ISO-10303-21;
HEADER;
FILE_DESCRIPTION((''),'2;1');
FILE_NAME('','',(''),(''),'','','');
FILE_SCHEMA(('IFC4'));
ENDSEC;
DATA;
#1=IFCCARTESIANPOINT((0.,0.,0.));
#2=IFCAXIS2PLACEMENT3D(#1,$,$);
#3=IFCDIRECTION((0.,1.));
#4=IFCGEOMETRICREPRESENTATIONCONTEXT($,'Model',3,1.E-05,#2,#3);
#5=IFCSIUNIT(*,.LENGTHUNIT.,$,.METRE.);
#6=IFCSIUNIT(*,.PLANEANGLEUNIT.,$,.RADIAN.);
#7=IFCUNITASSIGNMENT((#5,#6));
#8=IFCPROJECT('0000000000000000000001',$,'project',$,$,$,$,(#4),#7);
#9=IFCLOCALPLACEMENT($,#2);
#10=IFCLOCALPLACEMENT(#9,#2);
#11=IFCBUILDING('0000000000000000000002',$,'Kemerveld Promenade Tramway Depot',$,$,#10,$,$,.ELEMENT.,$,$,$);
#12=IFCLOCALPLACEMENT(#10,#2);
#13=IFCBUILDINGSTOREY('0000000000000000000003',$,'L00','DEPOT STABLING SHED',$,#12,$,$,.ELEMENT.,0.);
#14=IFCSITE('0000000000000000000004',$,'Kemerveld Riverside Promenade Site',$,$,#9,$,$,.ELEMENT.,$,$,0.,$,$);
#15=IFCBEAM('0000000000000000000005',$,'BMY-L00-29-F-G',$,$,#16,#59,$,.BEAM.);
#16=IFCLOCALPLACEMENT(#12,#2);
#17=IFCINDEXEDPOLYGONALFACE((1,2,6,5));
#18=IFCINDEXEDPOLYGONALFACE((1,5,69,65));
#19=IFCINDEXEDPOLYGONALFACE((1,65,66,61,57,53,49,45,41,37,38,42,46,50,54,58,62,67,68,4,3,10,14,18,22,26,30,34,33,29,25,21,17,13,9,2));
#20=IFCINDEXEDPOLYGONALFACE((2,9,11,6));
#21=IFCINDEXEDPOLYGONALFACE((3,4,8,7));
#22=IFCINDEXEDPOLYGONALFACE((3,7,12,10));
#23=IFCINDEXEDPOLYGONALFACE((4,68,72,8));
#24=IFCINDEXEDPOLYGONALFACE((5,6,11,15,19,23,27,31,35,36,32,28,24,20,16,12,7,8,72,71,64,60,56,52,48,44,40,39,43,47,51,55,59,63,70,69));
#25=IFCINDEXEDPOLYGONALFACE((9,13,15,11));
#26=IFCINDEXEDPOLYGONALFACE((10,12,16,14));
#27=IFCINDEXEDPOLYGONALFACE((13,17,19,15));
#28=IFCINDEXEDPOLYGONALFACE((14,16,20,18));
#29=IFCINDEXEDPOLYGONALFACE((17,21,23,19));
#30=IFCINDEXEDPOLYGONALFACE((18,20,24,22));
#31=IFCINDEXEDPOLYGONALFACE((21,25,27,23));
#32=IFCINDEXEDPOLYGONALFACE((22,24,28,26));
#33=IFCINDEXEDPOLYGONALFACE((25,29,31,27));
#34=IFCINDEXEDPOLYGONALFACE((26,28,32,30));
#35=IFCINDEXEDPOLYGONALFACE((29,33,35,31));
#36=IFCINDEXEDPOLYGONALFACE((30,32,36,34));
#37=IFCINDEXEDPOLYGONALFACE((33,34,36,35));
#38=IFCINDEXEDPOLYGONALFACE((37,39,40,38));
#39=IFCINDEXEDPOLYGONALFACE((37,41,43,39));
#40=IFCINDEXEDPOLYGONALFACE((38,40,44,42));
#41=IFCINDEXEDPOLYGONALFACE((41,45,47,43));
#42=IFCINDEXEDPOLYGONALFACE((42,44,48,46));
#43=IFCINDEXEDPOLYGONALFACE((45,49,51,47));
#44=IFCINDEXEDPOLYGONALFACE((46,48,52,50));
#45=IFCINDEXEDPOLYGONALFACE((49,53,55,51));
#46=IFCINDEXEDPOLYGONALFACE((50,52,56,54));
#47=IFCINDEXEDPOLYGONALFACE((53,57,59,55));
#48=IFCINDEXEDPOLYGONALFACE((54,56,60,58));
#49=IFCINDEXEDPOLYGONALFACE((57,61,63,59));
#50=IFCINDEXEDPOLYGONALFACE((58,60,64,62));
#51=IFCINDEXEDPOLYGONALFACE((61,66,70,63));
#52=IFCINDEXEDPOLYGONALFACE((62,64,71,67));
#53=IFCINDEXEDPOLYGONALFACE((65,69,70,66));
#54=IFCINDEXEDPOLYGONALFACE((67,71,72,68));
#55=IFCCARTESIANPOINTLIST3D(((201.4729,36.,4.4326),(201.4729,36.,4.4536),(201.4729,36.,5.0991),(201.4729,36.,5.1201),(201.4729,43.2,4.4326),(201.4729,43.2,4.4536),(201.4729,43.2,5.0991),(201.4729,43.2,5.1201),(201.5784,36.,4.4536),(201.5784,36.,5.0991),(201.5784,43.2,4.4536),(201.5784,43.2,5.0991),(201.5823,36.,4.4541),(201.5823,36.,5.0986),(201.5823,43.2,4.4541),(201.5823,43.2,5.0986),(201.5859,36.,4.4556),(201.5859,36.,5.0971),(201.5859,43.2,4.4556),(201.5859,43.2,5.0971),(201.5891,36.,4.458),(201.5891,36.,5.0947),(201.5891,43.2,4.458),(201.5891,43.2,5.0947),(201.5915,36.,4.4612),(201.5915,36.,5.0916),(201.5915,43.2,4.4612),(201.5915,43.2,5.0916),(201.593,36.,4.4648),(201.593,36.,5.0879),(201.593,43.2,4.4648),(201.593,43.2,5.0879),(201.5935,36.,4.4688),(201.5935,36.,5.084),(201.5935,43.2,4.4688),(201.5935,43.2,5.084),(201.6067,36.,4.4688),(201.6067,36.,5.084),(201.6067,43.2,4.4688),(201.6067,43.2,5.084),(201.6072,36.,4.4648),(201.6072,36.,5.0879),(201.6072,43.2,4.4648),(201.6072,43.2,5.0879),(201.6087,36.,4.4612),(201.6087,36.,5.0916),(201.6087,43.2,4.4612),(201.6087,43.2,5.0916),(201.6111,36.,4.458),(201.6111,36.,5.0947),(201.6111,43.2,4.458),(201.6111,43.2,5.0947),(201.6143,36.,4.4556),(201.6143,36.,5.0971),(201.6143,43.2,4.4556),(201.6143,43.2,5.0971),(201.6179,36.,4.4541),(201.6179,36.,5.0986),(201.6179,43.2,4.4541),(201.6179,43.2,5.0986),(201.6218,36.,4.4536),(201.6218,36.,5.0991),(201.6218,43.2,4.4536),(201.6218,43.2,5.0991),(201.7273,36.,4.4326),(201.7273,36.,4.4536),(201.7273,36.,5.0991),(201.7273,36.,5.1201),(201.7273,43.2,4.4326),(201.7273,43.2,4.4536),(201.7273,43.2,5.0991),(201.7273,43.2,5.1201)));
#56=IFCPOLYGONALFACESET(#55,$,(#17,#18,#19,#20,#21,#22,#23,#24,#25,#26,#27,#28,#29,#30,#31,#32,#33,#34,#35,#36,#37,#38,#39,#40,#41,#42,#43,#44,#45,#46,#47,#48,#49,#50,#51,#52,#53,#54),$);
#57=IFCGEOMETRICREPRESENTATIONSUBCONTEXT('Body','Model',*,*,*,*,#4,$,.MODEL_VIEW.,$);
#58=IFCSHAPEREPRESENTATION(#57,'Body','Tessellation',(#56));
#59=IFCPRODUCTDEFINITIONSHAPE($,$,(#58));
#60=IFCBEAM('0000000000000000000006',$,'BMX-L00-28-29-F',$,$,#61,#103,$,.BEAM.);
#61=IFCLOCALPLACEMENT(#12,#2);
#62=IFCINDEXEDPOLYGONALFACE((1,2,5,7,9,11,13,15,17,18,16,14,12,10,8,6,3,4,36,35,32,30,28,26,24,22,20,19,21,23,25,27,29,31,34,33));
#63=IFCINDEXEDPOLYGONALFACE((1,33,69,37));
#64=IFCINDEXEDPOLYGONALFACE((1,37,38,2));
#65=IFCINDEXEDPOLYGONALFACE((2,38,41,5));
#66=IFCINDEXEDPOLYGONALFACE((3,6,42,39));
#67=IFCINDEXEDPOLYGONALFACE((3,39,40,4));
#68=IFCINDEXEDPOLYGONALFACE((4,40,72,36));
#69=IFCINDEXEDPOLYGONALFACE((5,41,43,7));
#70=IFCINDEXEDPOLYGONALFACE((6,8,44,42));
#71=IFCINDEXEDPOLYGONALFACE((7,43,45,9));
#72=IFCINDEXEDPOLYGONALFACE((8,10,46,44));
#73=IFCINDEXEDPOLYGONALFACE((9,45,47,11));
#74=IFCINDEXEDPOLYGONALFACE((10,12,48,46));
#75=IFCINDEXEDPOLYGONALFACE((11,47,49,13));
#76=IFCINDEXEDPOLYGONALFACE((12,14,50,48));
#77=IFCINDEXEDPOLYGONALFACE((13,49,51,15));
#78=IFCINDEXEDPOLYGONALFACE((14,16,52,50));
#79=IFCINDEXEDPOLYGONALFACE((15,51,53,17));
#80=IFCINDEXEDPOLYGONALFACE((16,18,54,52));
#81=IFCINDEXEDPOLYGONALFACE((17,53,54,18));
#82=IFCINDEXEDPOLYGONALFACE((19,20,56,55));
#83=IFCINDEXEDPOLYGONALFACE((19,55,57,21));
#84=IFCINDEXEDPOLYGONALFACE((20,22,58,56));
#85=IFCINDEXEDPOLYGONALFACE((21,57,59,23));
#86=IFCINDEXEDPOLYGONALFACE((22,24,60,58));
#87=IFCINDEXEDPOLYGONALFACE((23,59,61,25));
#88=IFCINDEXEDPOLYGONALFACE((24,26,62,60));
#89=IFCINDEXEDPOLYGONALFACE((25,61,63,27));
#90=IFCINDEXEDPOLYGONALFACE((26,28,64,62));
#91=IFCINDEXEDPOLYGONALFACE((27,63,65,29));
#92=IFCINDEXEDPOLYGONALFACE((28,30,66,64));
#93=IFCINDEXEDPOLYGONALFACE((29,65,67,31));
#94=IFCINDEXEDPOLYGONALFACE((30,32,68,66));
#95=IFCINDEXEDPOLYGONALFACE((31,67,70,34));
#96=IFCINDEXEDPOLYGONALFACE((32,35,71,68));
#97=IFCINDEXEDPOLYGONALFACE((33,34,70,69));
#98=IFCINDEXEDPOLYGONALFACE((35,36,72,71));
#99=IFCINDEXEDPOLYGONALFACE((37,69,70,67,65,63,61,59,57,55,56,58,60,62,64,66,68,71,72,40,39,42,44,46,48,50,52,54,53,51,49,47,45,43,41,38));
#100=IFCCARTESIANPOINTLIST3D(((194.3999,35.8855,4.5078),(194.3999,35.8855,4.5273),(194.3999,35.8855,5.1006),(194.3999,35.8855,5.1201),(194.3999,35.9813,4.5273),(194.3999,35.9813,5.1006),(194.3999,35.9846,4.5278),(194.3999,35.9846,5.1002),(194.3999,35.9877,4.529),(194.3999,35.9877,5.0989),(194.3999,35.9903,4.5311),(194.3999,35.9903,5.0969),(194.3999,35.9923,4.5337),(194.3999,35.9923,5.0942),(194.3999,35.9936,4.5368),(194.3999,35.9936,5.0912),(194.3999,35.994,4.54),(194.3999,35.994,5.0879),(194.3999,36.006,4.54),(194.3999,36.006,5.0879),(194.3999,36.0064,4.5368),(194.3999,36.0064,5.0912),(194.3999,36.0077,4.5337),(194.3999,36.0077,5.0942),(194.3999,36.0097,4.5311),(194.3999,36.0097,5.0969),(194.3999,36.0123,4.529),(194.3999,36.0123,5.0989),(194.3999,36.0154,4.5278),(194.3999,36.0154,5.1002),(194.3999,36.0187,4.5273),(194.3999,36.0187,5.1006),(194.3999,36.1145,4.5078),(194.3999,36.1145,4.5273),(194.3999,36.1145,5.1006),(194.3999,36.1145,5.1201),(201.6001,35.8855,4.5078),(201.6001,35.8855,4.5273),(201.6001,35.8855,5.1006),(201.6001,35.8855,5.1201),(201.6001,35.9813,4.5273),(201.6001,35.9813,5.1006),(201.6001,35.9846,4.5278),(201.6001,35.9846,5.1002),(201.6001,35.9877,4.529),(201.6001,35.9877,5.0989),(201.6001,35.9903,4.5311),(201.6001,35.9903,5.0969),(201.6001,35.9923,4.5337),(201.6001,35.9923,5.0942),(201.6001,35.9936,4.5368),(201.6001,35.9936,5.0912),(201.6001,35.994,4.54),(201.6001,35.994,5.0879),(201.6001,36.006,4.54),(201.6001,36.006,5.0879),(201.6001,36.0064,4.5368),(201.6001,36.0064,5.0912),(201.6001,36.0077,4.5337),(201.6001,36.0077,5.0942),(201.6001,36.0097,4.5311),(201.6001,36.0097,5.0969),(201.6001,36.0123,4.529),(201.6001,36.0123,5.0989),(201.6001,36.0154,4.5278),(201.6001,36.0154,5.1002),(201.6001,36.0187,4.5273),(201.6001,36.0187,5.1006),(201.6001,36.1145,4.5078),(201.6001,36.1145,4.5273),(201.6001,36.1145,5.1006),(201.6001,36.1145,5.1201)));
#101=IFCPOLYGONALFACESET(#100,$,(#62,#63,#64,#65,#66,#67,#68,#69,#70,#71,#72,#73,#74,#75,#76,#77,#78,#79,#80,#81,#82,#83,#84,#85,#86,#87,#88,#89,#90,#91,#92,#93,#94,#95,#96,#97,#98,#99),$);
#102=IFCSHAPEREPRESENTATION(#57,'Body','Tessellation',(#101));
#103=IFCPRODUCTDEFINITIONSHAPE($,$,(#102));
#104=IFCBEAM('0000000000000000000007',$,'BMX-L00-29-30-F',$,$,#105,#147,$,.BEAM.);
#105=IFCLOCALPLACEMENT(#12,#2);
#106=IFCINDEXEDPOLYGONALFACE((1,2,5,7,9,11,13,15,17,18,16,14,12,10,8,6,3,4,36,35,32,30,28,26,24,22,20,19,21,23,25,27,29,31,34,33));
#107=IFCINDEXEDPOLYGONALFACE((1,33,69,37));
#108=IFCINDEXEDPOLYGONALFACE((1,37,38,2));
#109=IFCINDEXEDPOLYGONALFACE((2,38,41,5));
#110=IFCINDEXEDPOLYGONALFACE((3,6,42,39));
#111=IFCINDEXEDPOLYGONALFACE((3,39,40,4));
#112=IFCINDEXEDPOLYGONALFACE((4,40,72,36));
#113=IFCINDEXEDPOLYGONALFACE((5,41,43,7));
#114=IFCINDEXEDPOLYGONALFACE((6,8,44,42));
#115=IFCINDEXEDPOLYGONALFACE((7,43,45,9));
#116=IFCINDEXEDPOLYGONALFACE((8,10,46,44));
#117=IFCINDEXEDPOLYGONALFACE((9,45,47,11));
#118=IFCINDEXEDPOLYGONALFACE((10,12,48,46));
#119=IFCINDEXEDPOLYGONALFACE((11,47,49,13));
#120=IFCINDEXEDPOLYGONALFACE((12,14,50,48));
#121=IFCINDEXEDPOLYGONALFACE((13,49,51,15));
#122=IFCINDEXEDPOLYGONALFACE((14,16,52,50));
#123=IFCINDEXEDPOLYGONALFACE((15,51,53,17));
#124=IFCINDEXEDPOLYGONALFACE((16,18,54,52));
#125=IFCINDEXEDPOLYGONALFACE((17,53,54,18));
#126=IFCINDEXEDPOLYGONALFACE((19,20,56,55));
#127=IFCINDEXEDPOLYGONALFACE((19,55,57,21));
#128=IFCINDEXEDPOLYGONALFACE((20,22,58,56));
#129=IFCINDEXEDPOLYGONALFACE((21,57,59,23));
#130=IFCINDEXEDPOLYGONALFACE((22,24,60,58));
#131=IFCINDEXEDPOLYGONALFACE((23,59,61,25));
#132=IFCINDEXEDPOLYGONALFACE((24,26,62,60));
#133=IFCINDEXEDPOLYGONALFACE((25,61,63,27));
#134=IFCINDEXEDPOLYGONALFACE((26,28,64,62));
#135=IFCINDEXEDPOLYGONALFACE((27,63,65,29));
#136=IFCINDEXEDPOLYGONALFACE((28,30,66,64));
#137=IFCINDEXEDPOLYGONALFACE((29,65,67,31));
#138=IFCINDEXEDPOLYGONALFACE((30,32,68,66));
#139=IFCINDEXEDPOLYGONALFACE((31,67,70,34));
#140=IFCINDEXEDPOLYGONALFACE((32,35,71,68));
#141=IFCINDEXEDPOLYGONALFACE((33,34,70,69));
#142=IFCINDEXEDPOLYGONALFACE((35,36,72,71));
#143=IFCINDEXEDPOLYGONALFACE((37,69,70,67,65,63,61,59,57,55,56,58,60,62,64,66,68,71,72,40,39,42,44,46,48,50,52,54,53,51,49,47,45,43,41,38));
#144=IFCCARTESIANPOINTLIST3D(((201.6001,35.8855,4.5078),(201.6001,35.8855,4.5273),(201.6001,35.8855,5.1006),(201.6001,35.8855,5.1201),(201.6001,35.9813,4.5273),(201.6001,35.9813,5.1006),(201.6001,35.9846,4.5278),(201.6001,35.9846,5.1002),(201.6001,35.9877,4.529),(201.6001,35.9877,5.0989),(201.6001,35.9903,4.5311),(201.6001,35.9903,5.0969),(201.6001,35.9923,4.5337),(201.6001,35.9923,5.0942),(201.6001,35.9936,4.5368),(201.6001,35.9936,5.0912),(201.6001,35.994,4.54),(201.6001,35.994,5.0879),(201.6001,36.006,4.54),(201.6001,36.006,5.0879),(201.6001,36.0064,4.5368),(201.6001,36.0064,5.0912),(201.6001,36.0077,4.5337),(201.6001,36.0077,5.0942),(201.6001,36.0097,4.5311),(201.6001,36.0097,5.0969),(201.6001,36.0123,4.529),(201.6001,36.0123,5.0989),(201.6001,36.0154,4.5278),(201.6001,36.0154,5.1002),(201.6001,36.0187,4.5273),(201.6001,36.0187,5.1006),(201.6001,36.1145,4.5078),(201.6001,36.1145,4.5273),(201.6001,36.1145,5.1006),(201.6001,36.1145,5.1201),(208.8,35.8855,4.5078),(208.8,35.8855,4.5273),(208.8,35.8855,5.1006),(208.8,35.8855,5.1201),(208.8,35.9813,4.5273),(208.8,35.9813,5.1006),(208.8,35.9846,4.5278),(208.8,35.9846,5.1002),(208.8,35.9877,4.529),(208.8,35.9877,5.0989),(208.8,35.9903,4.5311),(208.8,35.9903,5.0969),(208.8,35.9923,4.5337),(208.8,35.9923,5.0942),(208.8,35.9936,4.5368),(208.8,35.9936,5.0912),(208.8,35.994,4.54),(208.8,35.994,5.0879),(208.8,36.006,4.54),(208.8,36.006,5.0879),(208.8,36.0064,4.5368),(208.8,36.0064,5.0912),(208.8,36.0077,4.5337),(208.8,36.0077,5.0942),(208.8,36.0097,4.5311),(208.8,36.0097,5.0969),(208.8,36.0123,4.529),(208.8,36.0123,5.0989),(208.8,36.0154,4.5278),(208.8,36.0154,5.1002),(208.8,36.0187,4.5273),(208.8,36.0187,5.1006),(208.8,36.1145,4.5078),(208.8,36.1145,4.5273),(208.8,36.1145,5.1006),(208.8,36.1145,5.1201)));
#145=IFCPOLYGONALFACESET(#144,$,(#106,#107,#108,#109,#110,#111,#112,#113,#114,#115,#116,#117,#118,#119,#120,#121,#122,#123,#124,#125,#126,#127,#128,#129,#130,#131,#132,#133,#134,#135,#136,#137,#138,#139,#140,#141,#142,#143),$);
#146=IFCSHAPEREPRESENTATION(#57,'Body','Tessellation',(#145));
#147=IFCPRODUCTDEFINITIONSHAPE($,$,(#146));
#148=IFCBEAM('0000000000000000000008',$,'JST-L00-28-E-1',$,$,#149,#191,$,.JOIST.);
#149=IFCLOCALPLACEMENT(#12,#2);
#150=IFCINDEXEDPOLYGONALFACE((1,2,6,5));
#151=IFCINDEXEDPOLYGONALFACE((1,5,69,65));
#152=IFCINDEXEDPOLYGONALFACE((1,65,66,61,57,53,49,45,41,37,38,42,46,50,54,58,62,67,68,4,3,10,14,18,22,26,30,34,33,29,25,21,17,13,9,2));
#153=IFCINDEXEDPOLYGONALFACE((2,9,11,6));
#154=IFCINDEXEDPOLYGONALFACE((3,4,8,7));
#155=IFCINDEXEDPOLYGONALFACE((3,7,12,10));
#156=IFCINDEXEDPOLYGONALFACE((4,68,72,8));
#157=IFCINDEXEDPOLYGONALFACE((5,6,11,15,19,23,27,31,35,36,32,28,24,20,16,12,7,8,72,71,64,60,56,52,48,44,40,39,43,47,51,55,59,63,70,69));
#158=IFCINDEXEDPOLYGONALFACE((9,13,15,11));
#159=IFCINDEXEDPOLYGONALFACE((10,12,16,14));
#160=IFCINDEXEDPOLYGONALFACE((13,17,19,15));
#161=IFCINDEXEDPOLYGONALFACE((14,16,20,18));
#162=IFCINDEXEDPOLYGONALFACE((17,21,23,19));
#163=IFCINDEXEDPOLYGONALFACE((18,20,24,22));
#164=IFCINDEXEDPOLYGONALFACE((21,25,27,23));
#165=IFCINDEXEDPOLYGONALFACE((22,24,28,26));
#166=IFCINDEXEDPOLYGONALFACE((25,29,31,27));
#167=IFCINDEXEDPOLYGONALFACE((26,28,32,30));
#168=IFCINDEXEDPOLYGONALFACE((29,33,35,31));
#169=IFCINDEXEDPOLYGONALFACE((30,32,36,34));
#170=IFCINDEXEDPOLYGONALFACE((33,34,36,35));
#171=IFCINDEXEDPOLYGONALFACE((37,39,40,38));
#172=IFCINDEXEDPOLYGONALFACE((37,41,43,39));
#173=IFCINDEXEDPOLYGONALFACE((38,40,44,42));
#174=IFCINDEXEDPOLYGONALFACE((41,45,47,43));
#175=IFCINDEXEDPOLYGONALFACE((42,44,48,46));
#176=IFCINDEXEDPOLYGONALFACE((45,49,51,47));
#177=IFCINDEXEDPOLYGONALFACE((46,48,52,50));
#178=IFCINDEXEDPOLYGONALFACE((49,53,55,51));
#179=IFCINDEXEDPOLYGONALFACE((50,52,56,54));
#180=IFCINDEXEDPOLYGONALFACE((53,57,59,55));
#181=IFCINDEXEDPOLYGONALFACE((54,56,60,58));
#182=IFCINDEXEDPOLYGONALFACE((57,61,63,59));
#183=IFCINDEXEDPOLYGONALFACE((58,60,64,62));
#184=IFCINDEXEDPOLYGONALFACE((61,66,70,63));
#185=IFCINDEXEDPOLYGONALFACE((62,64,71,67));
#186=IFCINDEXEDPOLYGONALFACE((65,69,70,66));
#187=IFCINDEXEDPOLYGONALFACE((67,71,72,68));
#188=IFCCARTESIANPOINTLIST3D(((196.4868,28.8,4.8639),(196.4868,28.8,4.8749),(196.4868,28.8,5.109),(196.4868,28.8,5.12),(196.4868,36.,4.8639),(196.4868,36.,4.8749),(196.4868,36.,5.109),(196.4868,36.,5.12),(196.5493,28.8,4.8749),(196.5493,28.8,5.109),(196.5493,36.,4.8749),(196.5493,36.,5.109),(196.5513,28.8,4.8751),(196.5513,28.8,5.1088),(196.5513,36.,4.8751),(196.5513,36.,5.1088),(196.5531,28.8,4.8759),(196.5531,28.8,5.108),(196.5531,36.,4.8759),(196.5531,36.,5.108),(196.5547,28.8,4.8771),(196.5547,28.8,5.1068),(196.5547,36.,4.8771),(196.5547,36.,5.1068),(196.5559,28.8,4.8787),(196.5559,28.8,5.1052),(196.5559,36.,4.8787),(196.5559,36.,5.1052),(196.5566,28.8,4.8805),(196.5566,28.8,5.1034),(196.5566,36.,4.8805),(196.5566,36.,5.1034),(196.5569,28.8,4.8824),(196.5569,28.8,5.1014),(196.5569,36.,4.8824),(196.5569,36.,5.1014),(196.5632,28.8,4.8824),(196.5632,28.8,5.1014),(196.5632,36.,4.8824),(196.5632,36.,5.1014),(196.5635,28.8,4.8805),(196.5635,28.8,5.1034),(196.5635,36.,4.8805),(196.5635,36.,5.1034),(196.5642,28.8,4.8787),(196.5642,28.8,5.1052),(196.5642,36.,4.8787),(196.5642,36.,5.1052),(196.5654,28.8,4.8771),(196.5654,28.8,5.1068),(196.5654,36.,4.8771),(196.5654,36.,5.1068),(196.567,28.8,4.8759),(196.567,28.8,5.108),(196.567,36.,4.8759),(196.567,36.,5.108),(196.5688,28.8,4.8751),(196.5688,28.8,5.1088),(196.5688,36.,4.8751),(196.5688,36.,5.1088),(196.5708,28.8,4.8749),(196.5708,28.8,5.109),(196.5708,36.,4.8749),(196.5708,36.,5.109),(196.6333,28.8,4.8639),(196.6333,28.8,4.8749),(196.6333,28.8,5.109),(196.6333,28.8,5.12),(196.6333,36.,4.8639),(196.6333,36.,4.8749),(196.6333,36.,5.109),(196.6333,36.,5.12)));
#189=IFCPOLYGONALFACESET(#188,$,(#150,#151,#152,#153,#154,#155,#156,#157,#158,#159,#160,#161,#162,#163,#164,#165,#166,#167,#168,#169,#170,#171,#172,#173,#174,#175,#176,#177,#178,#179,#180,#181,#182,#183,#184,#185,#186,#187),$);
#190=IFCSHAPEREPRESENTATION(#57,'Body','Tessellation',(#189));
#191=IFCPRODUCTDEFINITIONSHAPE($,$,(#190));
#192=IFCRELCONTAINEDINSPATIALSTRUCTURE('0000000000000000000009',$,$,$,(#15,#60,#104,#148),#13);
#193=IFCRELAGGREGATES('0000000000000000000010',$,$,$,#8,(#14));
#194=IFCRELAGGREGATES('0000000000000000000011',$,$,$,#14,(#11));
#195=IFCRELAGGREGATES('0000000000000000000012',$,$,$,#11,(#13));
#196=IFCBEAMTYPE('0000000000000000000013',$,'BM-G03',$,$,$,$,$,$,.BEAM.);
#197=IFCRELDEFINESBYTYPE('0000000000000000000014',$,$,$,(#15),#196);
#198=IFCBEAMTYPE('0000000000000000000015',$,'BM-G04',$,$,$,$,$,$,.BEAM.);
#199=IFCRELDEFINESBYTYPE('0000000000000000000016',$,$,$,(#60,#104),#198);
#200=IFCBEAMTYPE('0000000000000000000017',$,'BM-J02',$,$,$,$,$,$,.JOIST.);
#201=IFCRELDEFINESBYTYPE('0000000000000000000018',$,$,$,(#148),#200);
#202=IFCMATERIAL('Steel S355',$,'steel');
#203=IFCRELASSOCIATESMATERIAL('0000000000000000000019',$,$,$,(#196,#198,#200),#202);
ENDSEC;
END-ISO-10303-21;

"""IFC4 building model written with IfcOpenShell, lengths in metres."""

from ifc_helpers import new_model, si_unit, direction, frame, origin, origin_2d, place, context, subcontext, project, spatial, i_section, extrude, material, material_profile, profile_set, type_object, element, save


model = new_model("IFC4")

# Units and contexts
model_context = context("Model", 3, precision=1e-05, world=origin(), true_north=direction((0.0, 1.0)))
body_context = subcontext(model_context, "Body", "Model", "MODEL_VIEW")
ifc_project = project(units=[si_unit("LENGTHUNIT", "METRE"), si_unit("PLANEANGLEUNIT", "RADIAN")], contexts=[model_context])

# Site, building, storey
site_placement = place(None, origin())
site = spatial("IfcSite", under=ifc_project, at=site_placement, Name="Kemerveld Riverside Promenade Site", CompositionType="ELEMENT", RefElevation=0.0)
building_placement = place(site_placement, origin())
building = spatial("IfcBuilding", under=site, at=building_placement, Name="Kemerveld Promenade Tramway Depot", CompositionType="ELEMENT")
storey_placement = place(building_placement, origin())
storey = spatial("IfcBuildingStorey", under=building, at=storey_placement, Name="L00", Description="DEPOT STABLING SHED", CompositionType="ELEMENT", Elevation=0.0)

# Shared definitions
ifc_material_1 = material(Name="Steel S355", Category="steel")

# Beams
ifc_material_profile_1 = material_profile(ifc_material_1, i_section(OverallWidth=0.2544, OverallDepth=0.6875, WebThickness=0.0132, FlangeThickness=0.021, FilletRadius=0.0151, at=origin_2d()), Name="686x254x152 UB")
ifc_profile_set_1 = profile_set([ifc_material_profile_1], Name="Steel S355")
beam_type_1 = type_object("IfcBeamType", Name="BM-G03", PredefinedType="BEAM", material=ifc_profile_set_1)
for number, where, z_axis, x_axis, name in (
    (1, (201.6001, 36.0, 4.7764), (0.0, 1.0, 0.0), (-1.0, 0.0, 0.0), "BMY-L00-29-F-G"),
):
    element("IfcBeam", number, at=place(storey_placement, frame(where, z_axis=z_axis, x_axis=x_axis)), inside=storey, type_object=beam_type_1, Name=name, PredefinedType="BEAM", context=body_context, shape_type="SweptSolid", body=[
        extrude(i_section(OverallWidth=0.2544, OverallDepth=0.6875, WebThickness=0.0132, FlangeThickness=0.021, FilletRadius=0.0151, at=origin_2d()), origin(), (0.0, 0.0, 1.0), 7.2),
    ])
ifc_material_profile_2 = material_profile(ifc_material_1, i_section(OverallWidth=0.229, OverallDepth=0.6123, WebThickness=0.012, FlangeThickness=0.0195, FilletRadius=0.0127, at=origin_2d()), Name="610x229x125 UB")
ifc_profile_set_2 = profile_set([ifc_material_profile_2], Name="Steel S355")
beam_type_2 = type_object("IfcBeamType", Name="BM-G04", PredefinedType="BEAM", material=ifc_profile_set_2)
beam_1_placement = place(storey_placement, frame((194.3999, 36.0, 4.814), z_axis=(1.0, 0.0, 0.0), x_axis=(0.0, 1.0, 0.0)))
element("IfcBeam", 2, at=beam_1_placement, inside=storey, type_object=beam_type_2, Name="BMX-L00-28-29-F", PredefinedType="BEAM", context=body_context, shape_type="SweptSolid", body=[
    extrude(i_section(OverallWidth=0.229, OverallDepth=0.6123, WebThickness=0.012, FlangeThickness=0.0195, FilletRadius=0.0127, at=origin_2d()), origin(), (0.0, 0.0, 1.0), 7.2002),
])
beam_2_placement = place(storey_placement, frame((201.6001, 36.0, 4.814), z_axis=(1.0, 0.0, 0.0), x_axis=(0.0, 1.0, 0.0)))
element("IfcBeam", 3, at=beam_2_placement, inside=storey, type_object=beam_type_2, Name="BMX-L00-29-30-F", PredefinedType="BEAM", context=body_context, shape_type="SweptSolid", body=[
    extrude(i_section(OverallWidth=0.229, OverallDepth=0.6123, WebThickness=0.012, FlangeThickness=0.0195, FilletRadius=0.0127, at=origin_2d()), origin(), (0.0, 0.0, 1.0), 7.2),
])
ifc_material_profile_3 = material_profile(ifc_material_1, i_section(OverallWidth=0.1465, OverallDepth=0.2561, WebThickness=0.0063, FlangeThickness=0.011, FilletRadius=0.0076, at=origin_2d()), Name="254x146x37 UB")
ifc_profile_set_3 = profile_set([ifc_material_profile_3], Name="Steel S355")
beam_type_3 = type_object("IfcBeamType", Name="BM-J02", PredefinedType="JOIST", material=ifc_profile_set_3)
for number, where, z_axis, x_axis, name in (
    (4, (196.5601, 28.8, 4.9919), (0.0, 1.0, 0.0), (-1.0, 0.0, 0.0), "JST-L00-28-E-1"),
):
    element("IfcBeam", number, at=place(storey_placement, frame(where, z_axis=z_axis, x_axis=x_axis)), inside=storey, type_object=beam_type_3, Name=name, PredefinedType="JOIST", context=body_context, shape_type="SweptSolid", body=[
        extrude(i_section(OverallWidth=0.1465, OverallDepth=0.2561, WebThickness=0.0063, FlangeThickness=0.011, FilletRadius=0.0076, at=origin_2d()), origin(), (0.0, 0.0, 1.0), 7.2),
    ])

save(model, "model.ifc")
